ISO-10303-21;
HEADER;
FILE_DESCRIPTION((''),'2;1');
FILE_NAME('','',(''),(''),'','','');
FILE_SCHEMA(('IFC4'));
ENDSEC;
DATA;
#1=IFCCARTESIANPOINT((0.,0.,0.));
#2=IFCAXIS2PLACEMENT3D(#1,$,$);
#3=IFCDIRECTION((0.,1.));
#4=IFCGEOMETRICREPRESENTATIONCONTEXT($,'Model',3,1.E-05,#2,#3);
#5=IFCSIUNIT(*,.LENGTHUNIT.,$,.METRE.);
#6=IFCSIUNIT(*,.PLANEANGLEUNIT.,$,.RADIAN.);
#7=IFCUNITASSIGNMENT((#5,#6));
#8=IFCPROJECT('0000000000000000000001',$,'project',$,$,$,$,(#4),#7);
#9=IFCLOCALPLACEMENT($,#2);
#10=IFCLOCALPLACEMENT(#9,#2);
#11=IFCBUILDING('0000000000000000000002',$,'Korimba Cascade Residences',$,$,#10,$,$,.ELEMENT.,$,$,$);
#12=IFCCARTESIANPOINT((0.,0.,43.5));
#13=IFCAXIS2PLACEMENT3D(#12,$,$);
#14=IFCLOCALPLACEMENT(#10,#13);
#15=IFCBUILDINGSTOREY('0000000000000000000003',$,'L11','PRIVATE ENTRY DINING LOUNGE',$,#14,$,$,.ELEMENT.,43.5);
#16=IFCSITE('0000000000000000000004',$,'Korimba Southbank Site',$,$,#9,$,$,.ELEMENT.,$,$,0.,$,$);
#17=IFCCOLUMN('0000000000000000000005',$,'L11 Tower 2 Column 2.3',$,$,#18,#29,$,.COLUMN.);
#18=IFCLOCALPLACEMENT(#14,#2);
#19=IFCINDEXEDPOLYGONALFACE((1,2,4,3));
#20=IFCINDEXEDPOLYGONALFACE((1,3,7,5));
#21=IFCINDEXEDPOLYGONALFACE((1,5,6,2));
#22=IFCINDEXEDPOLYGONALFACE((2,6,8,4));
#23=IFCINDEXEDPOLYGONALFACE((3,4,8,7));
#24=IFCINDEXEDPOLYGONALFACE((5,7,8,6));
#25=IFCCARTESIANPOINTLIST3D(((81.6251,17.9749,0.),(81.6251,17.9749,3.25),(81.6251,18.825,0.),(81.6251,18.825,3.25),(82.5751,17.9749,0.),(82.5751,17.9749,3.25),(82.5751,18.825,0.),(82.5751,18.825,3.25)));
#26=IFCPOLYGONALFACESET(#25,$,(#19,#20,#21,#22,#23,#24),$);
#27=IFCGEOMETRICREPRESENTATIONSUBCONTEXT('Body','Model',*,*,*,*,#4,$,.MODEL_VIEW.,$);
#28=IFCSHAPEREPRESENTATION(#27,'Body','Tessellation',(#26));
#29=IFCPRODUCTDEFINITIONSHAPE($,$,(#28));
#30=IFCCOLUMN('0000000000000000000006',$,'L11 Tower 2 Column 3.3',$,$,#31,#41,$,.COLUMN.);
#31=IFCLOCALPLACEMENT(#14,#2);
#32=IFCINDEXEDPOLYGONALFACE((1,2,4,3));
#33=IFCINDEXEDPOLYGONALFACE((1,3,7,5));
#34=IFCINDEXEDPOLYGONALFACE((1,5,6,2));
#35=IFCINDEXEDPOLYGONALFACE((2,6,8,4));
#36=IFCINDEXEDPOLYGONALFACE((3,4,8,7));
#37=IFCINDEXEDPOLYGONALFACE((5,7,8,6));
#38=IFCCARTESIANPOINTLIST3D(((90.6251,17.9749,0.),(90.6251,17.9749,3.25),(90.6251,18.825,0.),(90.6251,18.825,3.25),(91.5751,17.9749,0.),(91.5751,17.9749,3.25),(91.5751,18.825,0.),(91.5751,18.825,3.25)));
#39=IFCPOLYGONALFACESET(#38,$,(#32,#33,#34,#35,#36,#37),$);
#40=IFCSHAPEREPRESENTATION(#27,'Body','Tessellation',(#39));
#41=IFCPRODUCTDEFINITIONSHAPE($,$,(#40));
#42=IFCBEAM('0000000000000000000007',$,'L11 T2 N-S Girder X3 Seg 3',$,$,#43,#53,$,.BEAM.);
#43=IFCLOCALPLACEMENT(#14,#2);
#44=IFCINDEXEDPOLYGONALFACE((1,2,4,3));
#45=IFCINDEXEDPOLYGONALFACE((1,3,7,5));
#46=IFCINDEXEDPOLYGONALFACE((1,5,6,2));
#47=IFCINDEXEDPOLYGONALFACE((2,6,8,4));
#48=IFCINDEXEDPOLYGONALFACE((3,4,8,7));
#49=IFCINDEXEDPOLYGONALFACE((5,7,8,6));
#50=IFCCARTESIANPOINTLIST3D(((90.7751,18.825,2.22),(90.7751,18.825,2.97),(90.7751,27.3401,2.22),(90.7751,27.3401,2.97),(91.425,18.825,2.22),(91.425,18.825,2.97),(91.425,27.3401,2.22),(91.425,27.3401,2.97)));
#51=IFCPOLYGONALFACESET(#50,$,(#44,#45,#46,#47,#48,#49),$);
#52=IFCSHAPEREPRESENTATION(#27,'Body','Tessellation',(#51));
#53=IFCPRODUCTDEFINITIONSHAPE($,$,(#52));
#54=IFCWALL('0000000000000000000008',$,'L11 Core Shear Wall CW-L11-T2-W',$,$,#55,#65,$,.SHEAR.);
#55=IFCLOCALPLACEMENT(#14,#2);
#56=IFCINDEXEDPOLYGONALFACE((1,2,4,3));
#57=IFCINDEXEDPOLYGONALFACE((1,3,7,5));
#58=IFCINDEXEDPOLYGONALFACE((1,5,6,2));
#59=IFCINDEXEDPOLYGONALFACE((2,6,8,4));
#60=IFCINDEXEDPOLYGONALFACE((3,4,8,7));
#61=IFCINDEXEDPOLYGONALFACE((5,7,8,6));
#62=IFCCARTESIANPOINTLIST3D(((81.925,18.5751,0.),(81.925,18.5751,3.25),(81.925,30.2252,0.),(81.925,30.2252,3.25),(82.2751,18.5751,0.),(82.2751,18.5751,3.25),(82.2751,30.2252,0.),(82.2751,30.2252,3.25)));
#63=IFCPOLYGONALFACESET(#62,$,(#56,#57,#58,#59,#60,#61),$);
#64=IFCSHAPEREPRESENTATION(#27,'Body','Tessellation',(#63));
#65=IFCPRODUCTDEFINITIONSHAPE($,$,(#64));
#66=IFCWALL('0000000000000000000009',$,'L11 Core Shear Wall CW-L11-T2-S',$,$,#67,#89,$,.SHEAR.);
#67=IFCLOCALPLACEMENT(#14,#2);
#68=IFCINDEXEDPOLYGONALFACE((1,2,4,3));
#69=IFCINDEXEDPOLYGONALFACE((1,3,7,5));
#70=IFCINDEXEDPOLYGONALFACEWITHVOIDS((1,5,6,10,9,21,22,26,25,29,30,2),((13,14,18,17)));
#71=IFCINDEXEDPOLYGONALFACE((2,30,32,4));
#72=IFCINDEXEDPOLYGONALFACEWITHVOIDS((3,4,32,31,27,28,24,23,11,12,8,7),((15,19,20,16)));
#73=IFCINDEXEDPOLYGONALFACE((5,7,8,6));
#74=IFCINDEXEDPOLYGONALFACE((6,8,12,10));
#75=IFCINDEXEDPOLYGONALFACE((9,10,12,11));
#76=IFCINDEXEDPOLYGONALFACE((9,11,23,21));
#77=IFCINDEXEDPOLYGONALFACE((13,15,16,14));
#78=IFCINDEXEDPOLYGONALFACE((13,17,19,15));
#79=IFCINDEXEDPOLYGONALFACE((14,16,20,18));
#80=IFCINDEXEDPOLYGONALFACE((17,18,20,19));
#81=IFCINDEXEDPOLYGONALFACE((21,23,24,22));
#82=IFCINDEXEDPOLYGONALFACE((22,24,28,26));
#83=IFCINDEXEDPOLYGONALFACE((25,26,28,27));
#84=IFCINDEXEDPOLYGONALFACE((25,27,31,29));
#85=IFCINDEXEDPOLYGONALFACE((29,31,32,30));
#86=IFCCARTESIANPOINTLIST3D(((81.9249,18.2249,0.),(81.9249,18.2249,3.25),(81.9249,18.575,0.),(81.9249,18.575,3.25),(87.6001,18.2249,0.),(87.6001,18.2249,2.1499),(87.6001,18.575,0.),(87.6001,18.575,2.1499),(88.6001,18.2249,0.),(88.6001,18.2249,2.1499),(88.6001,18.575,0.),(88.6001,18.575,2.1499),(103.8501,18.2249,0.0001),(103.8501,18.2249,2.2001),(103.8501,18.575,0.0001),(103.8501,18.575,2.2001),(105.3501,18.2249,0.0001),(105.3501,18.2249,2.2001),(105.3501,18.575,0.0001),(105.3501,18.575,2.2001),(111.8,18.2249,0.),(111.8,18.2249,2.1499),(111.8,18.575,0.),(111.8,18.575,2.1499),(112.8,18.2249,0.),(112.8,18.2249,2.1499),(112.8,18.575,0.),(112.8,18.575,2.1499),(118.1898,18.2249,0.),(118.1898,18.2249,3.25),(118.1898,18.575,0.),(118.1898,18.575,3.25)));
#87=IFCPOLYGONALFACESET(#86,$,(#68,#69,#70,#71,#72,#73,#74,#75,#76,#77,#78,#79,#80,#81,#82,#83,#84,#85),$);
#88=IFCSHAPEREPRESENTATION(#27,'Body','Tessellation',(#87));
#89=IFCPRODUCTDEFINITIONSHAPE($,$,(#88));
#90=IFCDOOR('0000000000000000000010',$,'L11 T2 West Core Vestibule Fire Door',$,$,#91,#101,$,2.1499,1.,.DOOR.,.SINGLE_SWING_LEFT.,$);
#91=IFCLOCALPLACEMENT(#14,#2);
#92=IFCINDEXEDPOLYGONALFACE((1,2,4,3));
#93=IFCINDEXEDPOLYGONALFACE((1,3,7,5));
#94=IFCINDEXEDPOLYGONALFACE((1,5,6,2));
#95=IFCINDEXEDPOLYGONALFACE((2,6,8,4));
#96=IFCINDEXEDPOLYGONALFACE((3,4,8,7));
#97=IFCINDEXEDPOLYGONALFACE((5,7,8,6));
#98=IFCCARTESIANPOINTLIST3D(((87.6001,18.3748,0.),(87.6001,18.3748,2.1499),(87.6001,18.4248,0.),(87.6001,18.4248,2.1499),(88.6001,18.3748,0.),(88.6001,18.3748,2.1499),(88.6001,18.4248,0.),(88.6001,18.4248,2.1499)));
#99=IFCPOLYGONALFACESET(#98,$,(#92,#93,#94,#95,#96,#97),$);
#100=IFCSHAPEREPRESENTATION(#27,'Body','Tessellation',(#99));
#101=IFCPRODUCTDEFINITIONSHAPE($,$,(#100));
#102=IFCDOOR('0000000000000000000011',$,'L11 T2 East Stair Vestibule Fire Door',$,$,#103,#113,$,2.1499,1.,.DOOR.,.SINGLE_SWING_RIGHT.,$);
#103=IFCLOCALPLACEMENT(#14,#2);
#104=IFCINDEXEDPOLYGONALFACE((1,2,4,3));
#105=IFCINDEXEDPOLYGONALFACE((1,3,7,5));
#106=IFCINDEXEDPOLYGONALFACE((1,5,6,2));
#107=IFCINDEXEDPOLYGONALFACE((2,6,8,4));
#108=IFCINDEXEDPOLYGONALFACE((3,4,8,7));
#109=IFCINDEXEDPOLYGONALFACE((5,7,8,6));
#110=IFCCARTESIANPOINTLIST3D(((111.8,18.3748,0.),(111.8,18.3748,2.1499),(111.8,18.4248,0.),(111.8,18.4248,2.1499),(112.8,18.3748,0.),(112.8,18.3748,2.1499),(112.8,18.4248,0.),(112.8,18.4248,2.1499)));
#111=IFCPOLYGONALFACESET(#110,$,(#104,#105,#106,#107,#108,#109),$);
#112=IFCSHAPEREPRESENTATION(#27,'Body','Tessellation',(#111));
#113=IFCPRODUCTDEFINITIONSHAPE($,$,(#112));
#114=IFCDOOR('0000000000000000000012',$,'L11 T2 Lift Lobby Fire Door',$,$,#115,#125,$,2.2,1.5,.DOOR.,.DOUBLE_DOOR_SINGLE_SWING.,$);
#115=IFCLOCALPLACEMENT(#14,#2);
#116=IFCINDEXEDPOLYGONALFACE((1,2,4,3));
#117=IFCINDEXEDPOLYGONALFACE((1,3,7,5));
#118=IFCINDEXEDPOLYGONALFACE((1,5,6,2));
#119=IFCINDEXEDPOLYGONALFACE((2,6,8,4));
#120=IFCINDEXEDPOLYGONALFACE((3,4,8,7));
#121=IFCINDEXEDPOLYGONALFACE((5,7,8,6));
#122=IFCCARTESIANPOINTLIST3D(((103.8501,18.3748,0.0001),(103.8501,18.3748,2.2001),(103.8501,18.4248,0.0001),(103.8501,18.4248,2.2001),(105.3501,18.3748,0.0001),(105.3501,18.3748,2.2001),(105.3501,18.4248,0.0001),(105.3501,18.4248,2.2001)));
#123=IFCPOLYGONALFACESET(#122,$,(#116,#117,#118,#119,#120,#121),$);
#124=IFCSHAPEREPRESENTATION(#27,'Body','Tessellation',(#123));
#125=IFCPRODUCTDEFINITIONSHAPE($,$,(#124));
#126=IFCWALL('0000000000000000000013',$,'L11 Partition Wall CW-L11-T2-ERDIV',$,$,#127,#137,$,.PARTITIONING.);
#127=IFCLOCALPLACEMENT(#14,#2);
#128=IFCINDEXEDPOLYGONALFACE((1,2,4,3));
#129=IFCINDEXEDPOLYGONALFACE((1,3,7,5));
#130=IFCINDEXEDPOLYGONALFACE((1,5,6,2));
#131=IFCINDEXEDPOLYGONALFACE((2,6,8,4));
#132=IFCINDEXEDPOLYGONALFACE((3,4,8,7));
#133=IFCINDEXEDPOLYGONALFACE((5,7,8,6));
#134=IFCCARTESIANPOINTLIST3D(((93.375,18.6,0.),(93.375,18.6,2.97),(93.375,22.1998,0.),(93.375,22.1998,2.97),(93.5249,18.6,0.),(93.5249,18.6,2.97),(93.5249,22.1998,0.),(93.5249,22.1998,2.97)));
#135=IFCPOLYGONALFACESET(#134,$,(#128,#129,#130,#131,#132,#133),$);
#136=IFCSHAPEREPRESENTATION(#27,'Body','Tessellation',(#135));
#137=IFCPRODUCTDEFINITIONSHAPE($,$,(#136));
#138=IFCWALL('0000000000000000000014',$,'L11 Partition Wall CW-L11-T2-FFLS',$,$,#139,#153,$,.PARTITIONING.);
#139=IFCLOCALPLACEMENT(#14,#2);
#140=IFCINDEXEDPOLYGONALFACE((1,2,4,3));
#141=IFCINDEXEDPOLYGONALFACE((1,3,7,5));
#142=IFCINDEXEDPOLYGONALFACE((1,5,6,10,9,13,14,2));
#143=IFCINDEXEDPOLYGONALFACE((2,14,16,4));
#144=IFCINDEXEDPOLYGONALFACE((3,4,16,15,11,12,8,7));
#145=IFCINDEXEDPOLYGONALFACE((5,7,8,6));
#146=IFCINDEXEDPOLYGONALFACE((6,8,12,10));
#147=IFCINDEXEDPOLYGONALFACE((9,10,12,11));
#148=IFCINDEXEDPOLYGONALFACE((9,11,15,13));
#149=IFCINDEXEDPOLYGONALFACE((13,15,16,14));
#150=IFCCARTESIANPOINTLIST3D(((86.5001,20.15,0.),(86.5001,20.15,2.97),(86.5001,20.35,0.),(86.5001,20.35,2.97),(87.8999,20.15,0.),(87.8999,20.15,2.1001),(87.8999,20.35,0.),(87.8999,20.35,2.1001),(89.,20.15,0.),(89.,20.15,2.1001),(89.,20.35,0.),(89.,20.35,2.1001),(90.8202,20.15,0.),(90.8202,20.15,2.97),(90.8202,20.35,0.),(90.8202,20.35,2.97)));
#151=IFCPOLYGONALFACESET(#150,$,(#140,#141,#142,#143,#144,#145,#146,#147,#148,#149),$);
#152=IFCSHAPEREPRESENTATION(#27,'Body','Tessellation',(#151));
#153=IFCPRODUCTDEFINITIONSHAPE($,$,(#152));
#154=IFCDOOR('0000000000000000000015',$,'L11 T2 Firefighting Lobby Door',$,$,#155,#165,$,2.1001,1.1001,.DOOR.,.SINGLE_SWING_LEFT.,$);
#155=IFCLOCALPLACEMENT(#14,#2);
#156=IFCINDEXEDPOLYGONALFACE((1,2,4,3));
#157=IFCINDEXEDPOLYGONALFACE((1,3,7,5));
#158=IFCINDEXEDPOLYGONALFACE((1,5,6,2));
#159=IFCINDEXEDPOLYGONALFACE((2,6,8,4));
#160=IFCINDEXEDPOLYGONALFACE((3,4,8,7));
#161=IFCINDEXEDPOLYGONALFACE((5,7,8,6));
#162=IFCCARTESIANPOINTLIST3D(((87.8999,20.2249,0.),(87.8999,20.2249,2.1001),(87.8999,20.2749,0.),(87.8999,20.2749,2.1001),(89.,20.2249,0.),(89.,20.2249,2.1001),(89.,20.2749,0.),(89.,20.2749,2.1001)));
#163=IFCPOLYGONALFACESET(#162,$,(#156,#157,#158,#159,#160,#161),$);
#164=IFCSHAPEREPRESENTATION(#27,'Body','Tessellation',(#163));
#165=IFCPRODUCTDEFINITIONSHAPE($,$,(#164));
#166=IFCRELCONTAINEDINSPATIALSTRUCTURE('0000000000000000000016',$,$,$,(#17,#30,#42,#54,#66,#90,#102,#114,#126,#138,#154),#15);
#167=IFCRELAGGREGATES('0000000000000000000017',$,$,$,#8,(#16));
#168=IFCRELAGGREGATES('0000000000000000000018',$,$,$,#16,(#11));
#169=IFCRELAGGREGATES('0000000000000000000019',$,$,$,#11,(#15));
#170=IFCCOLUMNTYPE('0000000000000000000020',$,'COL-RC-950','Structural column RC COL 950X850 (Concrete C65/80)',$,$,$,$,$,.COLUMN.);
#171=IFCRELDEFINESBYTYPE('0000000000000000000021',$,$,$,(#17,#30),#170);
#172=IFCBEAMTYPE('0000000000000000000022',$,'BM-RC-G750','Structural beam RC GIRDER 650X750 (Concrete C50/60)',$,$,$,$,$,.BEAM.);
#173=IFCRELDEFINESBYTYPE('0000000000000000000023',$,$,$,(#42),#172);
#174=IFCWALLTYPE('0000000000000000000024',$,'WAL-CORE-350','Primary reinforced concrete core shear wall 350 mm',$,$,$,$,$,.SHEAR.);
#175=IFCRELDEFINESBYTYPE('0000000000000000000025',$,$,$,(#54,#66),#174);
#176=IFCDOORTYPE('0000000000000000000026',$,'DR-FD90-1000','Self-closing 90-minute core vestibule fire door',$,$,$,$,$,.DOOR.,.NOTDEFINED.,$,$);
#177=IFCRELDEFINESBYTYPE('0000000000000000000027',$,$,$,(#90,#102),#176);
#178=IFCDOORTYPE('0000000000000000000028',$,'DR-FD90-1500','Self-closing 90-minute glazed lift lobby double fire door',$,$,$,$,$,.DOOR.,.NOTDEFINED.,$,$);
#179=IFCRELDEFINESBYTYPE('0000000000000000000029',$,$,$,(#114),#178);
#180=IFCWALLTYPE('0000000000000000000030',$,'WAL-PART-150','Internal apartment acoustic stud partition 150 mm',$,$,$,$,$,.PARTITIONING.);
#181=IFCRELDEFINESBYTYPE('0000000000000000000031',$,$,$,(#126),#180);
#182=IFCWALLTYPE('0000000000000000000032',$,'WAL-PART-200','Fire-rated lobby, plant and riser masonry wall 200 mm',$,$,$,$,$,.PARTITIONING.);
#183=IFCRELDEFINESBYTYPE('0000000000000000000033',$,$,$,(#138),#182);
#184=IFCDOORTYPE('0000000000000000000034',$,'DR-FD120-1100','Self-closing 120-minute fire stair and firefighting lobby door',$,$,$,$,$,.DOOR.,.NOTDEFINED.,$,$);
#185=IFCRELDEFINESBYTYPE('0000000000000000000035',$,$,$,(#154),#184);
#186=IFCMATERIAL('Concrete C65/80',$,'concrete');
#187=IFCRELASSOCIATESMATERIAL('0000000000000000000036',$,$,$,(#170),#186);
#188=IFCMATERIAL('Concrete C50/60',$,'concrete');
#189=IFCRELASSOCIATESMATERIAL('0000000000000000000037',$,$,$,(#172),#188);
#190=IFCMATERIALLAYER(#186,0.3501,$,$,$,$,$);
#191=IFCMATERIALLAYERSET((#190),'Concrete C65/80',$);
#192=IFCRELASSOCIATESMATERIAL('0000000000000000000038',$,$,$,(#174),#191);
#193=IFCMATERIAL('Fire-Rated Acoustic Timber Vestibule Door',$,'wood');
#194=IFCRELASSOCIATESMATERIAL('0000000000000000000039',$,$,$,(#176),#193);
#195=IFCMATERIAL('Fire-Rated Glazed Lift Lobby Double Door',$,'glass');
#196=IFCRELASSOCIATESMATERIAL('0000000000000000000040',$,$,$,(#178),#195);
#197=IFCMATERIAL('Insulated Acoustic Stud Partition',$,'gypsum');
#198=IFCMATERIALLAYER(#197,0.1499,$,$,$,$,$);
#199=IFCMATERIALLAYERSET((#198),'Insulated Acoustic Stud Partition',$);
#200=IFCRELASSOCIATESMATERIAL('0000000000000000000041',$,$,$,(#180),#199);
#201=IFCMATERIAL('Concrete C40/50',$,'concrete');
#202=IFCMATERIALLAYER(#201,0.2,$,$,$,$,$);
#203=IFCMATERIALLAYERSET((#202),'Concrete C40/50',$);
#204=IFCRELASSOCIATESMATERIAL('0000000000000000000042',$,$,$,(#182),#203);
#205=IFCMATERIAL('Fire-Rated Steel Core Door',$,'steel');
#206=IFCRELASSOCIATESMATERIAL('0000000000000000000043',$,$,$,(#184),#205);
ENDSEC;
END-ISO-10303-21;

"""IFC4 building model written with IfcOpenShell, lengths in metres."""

from ifc_helpers import new_model, si_unit, direction, frame, frame_2d, origin, origin_2d, place, context, subcontext, project, spatial, rectangle, extrude, material, layer, layer_set, material_profile, profile_set, type_object, element, fill, save


model = new_model("IFC4")

# Units and contexts
model_context = context("Model", 3, precision=1e-05, world=origin(), true_north=direction((0.0, 1.0)))
body_context = subcontext(model_context, "Body", "Model", "MODEL_VIEW")
ifc_project = project(units=[si_unit("LENGTHUNIT", "METRE"), si_unit("PLANEANGLEUNIT", "RADIAN")], contexts=[model_context])

# Site, building, storey
site_placement = place(None, origin())
site = spatial("IfcSite", under=ifc_project, at=site_placement, Name="Korimba Southbank Site", CompositionType="ELEMENT", RefElevation=0.0)
building_placement = place(site_placement, origin())
building = spatial("IfcBuilding", under=site, at=building_placement, Name="Korimba Cascade Residences", CompositionType="ELEMENT")
storey_placement = place(building_placement, frame((0.0, 0.0, 43.5)))
storey = spatial("IfcBuildingStorey", under=building, at=storey_placement, Name="L11", Description="PRIVATE ENTRY DINING LOUNGE", CompositionType="ELEMENT", Elevation=43.5)

# Columns
ifc_material_1 = material(Name="Concrete C65/80", Category="concrete")
ifc_material_profile_1 = material_profile(ifc_material_1, rectangle(XDim=0.95, YDim=0.8501, at=origin_2d()), Name="Concrete C65/80")
ifc_profile_set_1 = profile_set([ifc_material_profile_1], Name="Concrete C65/80")
column_type = type_object("IfcColumnType", Name="COL-RC-950", Description="Structural column RC COL 950X850 (Concrete C65/80)", PredefinedType="COLUMN", material=ifc_profile_set_1)
for number, where, z_axis, x_axis, name in (
    (1, (82.1001, 18.3999, 0.0), (0.0, 0.0, 1.0), (1.0, 0.0, 0.0), "L11 Tower 2 Column 2.3"),
    (2, (91.1001, 18.3999, 0.0), (0.0, 0.0, 1.0), (1.0, 0.0, 0.0), "L11 Tower 2 Column 3.3"),
):
    element("IfcColumn", number, at=place(storey_placement, frame(where, z_axis=z_axis, x_axis=x_axis)), inside=storey, type_object=column_type, Name=name, PredefinedType="COLUMN", context=body_context, shape_type="SweptSolid", body=[
        extrude(rectangle(XDim=0.95, YDim=0.8501, at=origin_2d()), origin(), (0.0, 0.0, 1.0), 3.25),
    ])

# Beam
ifc_material_2 = material(Name="Concrete C50/60", Category="concrete")
ifc_material_profile_2 = material_profile(ifc_material_2, rectangle(XDim=0.6499, YDim=0.75, at=origin_2d()), Name="Concrete C50/60")
ifc_profile_set_2 = profile_set([ifc_material_profile_2], Name="Concrete C50/60")
beam_type = type_object("IfcBeamType", Name="BM-RC-G750", Description="Structural beam RC GIRDER 650X750 (Concrete C50/60)", PredefinedType="BEAM", material=ifc_profile_set_2)
beam_placement = place(storey_placement, frame((91.1001, 18.825, 2.595), z_axis=(0.0, 1.0, 0.0), x_axis=(-1.0, 0.0, 0.0)))
element("IfcBeam", 3, at=beam_placement, inside=storey, type_object=beam_type, Name="L11 T2 N-S Girder X3 Seg 3", PredefinedType="BEAM", context=body_context, shape_type="SweptSolid", body=[
    extrude(rectangle(XDim=0.6499, YDim=0.75, at=origin_2d()), origin(), (0.0, 0.0, 1.0), 8.5151),
])

# Wall
ifc_layer_1 = layer(ifc_material_1, 0.3501)
ifc_layer_set_1 = layer_set([ifc_layer_1], Name="Concrete C65/80")
wall_type_1 = type_object("IfcWallType", Name="WAL-CORE-350", Description="Primary reinforced concrete core shear wall 350 mm", PredefinedType="SHEAR", material=ifc_layer_set_1)
wall_1_placement = place(storey_placement, frame((82.1001, 18.575, 0.0), z_axis=(0.0, 0.0, 1.0), x_axis=(0.0, 1.0, 0.0)))
element("IfcWall", 4, at=wall_1_placement, inside=storey, type_object=wall_type_1, Name="L11 Core Shear Wall CW-L11-T2-W", PredefinedType="SHEAR", context=body_context, shape_type="SweptSolid", body=[
    extrude(rectangle(XDim=11.6501, YDim=0.3501, at=frame_2d((5.8252, 0.0))), origin(), (0.0, 0.0, 1.0), 3.25),
])

# Wall, openings, doors
wall_2_placement = place(storey_placement, frame((81.925, 18.3999, 0.0), z_axis=(0.0, 0.0, 1.0), x_axis=(1.0, 0.0, 0.0)))
wall_2 = element("IfcWall", 5, at=wall_2_placement, inside=storey, type_object=wall_type_1, Name="L11 Core Shear Wall CW-L11-T2-S", PredefinedType="SHEAR", context=body_context, shape_type="SweptSolid", body=[
    extrude(rectangle(XDim=36.2649, YDim=0.3501, at=frame_2d((18.1323, 0.0))), origin(), (0.0, 0.0, 1.0), 3.25),
])
opening_1_placement = place(wall_2_placement, frame((5.675, 0.0, 0.0)))
opening_1 = element("IfcOpeningElement", 6, at=opening_1_placement, cuts=wall_2, PredefinedType="OPENING", context=body_context, shape_type="SweptSolid", body=[
    extrude(rectangle(XDim=1.0, YDim=2.1499, at=frame_2d((0.5, 1.075))), frame((0.0, 0.1851, 0.0), z_axis=(0.0, -1.0, 0.0), x_axis=(1.0, 0.0, 0.0)), (0.0, 0.0, 1.0), 0.3701),
])
opening_2_placement = place(wall_2_placement, frame((21.925, 0.0, 0.0)))
opening_2 = element("IfcOpeningElement", 7, at=opening_2_placement, cuts=wall_2, PredefinedType="OPENING", context=body_context, shape_type="SweptSolid", body=[
    extrude(rectangle(XDim=1.5, YDim=2.2, at=frame_2d((0.75, 1.1001))), frame((0.0, 0.1851, 0.0), z_axis=(0.0, -1.0, 0.0), x_axis=(1.0, 0.0, 0.0)), (0.0, 0.0, 1.0), 0.3701),
])
opening_3_placement = place(wall_2_placement, frame((29.875, 0.0, 0.0)))
opening_3 = element("IfcOpeningElement", 8, at=opening_3_placement, cuts=wall_2, PredefinedType="OPENING", context=body_context, shape_type="SweptSolid", body=[
    extrude(rectangle(XDim=1.0, YDim=2.1499, at=frame_2d((0.5, 1.075))), frame((0.0, 0.1851, 0.0), z_axis=(0.0, -1.0, 0.0), x_axis=(1.0, 0.0, 0.0)), (0.0, 0.0, 1.0), 0.3701),
])
ifc_material_3 = material(Name="Fire-Rated Acoustic Timber Vestibule Door", Category="wood")
door_type_1 = type_object("IfcDoorType", Name="DR-FD90-1000", Description="Self-closing 90-minute core vestibule fire door", OperationType="NOTDEFINED", PredefinedType="DOOR", material=ifc_material_3)
door_1_placement = place(opening_1_placement, origin())
door_1 = element("IfcDoor", 9, at=door_1_placement, inside=storey, type_object=door_type_1, Name="L11 T2 West Core Vestibule Fire Door", OperationType="SINGLE_SWING_LEFT", OverallHeight=2.1499, OverallWidth=1.0, PredefinedType="DOOR", context=body_context, shape_type="SweptSolid", body=[
    extrude(rectangle(XDim=1.0, YDim=2.1499, at=frame_2d((0.5, 1.075))), frame((0.0, 0.0249, 0.0), z_axis=(0.0, -1.0, 0.0), x_axis=(1.0, 0.0, 0.0)), (0.0, 0.0, 1.0), 0.05),
])
fill(opening_1, door_1)
door_2_placement = place(opening_3_placement, origin())
door_2 = element("IfcDoor", 10, at=door_2_placement, inside=storey, type_object=door_type_1, Name="L11 T2 East Stair Vestibule Fire Door", OperationType="SINGLE_SWING_RIGHT", OverallHeight=2.1499, OverallWidth=1.0, PredefinedType="DOOR", context=body_context, shape_type="SweptSolid", body=[
    extrude(rectangle(XDim=1.0, YDim=2.1499, at=frame_2d((0.5, 1.075))), frame((0.0, 0.0249, 0.0), z_axis=(0.0, -1.0, 0.0), x_axis=(1.0, 0.0, 0.0)), (0.0, 0.0, 1.0), 0.05),
])
fill(opening_3, door_2)
ifc_material_4 = material(Name="Fire-Rated Glazed Lift Lobby Double Door", Category="glass")
door_type_2 = type_object("IfcDoorType", Name="DR-FD90-1500", Description="Self-closing 90-minute glazed lift lobby double fire door", OperationType="NOTDEFINED", PredefinedType="DOOR", material=ifc_material_4)
door_3_placement = place(opening_2_placement, origin())
door_3 = element("IfcDoor", 11, at=door_3_placement, inside=storey, type_object=door_type_2, Name="L11 T2 Lift Lobby Fire Door", OperationType="DOUBLE_DOOR_SINGLE_SWING", OverallHeight=2.2, OverallWidth=1.5, PredefinedType="DOOR", context=body_context, shape_type="SweptSolid", body=[
    extrude(rectangle(XDim=1.5, YDim=2.2, at=frame_2d((0.75, 1.1001))), frame((0.0, 0.0249, 0.0), z_axis=(0.0, -1.0, 0.0), x_axis=(1.0, 0.0, 0.0)), (0.0, 0.0, 1.0), 0.05),
])
fill(opening_2, door_3)

# Wall
ifc_material_5 = material(Name="Insulated Acoustic Stud Partition", Category="gypsum")
ifc_layer_2 = layer(ifc_material_5, 0.1499)
ifc_layer_set_2 = layer_set([ifc_layer_2], Name="Insulated Acoustic Stud Partition")
wall_type_2 = type_object("IfcWallType", Name="WAL-PART-150", Description="Internal apartment acoustic stud partition 150 mm", PredefinedType="PARTITIONING", material=ifc_layer_set_2)
wall_3_placement = place(storey_placement, frame((93.45, 18.6001, 0.0), z_axis=(0.0, 0.0, 1.0), x_axis=(0.0, 1.0, 0.0)))
element("IfcWall", 12, at=wall_3_placement, inside=storey, type_object=wall_type_2, Name="L11 Partition Wall CW-L11-T2-ERDIV", PredefinedType="PARTITIONING", context=body_context, shape_type="SweptSolid", body=[
    extrude(rectangle(XDim=3.5999, YDim=0.1499, at=frame_2d((1.7998, 0.0))), origin(), (0.0, 0.0, 1.0), 2.97),
])

# Wall, opening, door
ifc_material_6 = material(Name="Concrete C40/50", Category="concrete")
ifc_layer_3 = layer(ifc_material_6, 0.2)
ifc_layer_set_3 = layer_set([ifc_layer_3], Name="Concrete C40/50")
wall_type_3 = type_object("IfcWallType", Name="WAL-PART-200", Description="Fire-rated lobby, plant and riser masonry wall 200 mm", PredefinedType="PARTITIONING", material=ifc_layer_set_3)
wall_4_placement = place(storey_placement, frame((86.5, 20.25, 0.0), z_axis=(0.0, 0.0, 1.0), x_axis=(1.0, 0.0, 0.0)))
wall_4 = element("IfcWall", 13, at=wall_4_placement, inside=storey, type_object=wall_type_3, Name="L11 Partition Wall CW-L11-T2-FFLS", PredefinedType="PARTITIONING", context=body_context, shape_type="SweptSolid", body=[
    extrude(rectangle(XDim=4.3201, YDim=0.2, at=frame_2d((2.1602, 0.0))), origin(), (0.0, 0.0, 1.0), 2.97),
])
opening_4_placement = place(wall_4_placement, frame((1.3999, 0.0, 0.0)))
opening_4 = element("IfcOpeningElement", 14, at=opening_4_placement, cuts=wall_4, PredefinedType="OPENING", context=body_context, shape_type="SweptSolid", body=[
    extrude(rectangle(XDim=1.1001, YDim=2.1001, at=frame_2d((0.55, 1.05))), frame((0.0, 0.1099, 0.0), z_axis=(0.0, -1.0, 0.0), x_axis=(1.0, 0.0, 0.0)), (0.0, 0.0, 1.0), 0.22),
])
ifc_material_7 = material(Name="Fire-Rated Steel Core Door", Category="steel")
door_type_3 = type_object("IfcDoorType", Name="DR-FD120-1100", Description="Self-closing 120-minute fire stair and firefighting lobby door", OperationType="NOTDEFINED", PredefinedType="DOOR", material=ifc_material_7)
door_4_placement = place(opening_4_placement, origin())
door_4 = element("IfcDoor", 15, at=door_4_placement, inside=storey, type_object=door_type_3, Name="L11 T2 Firefighting Lobby Door", OperationType="SINGLE_SWING_LEFT", OverallHeight=2.1001, OverallWidth=1.1001, PredefinedType="DOOR", context=body_context, shape_type="SweptSolid", body=[
    extrude(rectangle(XDim=1.1001, YDim=2.1001, at=frame_2d((0.55, 1.05))), frame((0.0, 0.0249, 0.0), z_axis=(0.0, -1.0, 0.0), x_axis=(1.0, 0.0, 0.0)), (0.0, 0.0, 1.0), 0.05),
])
fill(opening_4, door_4)

save(model, "model.ifc")
